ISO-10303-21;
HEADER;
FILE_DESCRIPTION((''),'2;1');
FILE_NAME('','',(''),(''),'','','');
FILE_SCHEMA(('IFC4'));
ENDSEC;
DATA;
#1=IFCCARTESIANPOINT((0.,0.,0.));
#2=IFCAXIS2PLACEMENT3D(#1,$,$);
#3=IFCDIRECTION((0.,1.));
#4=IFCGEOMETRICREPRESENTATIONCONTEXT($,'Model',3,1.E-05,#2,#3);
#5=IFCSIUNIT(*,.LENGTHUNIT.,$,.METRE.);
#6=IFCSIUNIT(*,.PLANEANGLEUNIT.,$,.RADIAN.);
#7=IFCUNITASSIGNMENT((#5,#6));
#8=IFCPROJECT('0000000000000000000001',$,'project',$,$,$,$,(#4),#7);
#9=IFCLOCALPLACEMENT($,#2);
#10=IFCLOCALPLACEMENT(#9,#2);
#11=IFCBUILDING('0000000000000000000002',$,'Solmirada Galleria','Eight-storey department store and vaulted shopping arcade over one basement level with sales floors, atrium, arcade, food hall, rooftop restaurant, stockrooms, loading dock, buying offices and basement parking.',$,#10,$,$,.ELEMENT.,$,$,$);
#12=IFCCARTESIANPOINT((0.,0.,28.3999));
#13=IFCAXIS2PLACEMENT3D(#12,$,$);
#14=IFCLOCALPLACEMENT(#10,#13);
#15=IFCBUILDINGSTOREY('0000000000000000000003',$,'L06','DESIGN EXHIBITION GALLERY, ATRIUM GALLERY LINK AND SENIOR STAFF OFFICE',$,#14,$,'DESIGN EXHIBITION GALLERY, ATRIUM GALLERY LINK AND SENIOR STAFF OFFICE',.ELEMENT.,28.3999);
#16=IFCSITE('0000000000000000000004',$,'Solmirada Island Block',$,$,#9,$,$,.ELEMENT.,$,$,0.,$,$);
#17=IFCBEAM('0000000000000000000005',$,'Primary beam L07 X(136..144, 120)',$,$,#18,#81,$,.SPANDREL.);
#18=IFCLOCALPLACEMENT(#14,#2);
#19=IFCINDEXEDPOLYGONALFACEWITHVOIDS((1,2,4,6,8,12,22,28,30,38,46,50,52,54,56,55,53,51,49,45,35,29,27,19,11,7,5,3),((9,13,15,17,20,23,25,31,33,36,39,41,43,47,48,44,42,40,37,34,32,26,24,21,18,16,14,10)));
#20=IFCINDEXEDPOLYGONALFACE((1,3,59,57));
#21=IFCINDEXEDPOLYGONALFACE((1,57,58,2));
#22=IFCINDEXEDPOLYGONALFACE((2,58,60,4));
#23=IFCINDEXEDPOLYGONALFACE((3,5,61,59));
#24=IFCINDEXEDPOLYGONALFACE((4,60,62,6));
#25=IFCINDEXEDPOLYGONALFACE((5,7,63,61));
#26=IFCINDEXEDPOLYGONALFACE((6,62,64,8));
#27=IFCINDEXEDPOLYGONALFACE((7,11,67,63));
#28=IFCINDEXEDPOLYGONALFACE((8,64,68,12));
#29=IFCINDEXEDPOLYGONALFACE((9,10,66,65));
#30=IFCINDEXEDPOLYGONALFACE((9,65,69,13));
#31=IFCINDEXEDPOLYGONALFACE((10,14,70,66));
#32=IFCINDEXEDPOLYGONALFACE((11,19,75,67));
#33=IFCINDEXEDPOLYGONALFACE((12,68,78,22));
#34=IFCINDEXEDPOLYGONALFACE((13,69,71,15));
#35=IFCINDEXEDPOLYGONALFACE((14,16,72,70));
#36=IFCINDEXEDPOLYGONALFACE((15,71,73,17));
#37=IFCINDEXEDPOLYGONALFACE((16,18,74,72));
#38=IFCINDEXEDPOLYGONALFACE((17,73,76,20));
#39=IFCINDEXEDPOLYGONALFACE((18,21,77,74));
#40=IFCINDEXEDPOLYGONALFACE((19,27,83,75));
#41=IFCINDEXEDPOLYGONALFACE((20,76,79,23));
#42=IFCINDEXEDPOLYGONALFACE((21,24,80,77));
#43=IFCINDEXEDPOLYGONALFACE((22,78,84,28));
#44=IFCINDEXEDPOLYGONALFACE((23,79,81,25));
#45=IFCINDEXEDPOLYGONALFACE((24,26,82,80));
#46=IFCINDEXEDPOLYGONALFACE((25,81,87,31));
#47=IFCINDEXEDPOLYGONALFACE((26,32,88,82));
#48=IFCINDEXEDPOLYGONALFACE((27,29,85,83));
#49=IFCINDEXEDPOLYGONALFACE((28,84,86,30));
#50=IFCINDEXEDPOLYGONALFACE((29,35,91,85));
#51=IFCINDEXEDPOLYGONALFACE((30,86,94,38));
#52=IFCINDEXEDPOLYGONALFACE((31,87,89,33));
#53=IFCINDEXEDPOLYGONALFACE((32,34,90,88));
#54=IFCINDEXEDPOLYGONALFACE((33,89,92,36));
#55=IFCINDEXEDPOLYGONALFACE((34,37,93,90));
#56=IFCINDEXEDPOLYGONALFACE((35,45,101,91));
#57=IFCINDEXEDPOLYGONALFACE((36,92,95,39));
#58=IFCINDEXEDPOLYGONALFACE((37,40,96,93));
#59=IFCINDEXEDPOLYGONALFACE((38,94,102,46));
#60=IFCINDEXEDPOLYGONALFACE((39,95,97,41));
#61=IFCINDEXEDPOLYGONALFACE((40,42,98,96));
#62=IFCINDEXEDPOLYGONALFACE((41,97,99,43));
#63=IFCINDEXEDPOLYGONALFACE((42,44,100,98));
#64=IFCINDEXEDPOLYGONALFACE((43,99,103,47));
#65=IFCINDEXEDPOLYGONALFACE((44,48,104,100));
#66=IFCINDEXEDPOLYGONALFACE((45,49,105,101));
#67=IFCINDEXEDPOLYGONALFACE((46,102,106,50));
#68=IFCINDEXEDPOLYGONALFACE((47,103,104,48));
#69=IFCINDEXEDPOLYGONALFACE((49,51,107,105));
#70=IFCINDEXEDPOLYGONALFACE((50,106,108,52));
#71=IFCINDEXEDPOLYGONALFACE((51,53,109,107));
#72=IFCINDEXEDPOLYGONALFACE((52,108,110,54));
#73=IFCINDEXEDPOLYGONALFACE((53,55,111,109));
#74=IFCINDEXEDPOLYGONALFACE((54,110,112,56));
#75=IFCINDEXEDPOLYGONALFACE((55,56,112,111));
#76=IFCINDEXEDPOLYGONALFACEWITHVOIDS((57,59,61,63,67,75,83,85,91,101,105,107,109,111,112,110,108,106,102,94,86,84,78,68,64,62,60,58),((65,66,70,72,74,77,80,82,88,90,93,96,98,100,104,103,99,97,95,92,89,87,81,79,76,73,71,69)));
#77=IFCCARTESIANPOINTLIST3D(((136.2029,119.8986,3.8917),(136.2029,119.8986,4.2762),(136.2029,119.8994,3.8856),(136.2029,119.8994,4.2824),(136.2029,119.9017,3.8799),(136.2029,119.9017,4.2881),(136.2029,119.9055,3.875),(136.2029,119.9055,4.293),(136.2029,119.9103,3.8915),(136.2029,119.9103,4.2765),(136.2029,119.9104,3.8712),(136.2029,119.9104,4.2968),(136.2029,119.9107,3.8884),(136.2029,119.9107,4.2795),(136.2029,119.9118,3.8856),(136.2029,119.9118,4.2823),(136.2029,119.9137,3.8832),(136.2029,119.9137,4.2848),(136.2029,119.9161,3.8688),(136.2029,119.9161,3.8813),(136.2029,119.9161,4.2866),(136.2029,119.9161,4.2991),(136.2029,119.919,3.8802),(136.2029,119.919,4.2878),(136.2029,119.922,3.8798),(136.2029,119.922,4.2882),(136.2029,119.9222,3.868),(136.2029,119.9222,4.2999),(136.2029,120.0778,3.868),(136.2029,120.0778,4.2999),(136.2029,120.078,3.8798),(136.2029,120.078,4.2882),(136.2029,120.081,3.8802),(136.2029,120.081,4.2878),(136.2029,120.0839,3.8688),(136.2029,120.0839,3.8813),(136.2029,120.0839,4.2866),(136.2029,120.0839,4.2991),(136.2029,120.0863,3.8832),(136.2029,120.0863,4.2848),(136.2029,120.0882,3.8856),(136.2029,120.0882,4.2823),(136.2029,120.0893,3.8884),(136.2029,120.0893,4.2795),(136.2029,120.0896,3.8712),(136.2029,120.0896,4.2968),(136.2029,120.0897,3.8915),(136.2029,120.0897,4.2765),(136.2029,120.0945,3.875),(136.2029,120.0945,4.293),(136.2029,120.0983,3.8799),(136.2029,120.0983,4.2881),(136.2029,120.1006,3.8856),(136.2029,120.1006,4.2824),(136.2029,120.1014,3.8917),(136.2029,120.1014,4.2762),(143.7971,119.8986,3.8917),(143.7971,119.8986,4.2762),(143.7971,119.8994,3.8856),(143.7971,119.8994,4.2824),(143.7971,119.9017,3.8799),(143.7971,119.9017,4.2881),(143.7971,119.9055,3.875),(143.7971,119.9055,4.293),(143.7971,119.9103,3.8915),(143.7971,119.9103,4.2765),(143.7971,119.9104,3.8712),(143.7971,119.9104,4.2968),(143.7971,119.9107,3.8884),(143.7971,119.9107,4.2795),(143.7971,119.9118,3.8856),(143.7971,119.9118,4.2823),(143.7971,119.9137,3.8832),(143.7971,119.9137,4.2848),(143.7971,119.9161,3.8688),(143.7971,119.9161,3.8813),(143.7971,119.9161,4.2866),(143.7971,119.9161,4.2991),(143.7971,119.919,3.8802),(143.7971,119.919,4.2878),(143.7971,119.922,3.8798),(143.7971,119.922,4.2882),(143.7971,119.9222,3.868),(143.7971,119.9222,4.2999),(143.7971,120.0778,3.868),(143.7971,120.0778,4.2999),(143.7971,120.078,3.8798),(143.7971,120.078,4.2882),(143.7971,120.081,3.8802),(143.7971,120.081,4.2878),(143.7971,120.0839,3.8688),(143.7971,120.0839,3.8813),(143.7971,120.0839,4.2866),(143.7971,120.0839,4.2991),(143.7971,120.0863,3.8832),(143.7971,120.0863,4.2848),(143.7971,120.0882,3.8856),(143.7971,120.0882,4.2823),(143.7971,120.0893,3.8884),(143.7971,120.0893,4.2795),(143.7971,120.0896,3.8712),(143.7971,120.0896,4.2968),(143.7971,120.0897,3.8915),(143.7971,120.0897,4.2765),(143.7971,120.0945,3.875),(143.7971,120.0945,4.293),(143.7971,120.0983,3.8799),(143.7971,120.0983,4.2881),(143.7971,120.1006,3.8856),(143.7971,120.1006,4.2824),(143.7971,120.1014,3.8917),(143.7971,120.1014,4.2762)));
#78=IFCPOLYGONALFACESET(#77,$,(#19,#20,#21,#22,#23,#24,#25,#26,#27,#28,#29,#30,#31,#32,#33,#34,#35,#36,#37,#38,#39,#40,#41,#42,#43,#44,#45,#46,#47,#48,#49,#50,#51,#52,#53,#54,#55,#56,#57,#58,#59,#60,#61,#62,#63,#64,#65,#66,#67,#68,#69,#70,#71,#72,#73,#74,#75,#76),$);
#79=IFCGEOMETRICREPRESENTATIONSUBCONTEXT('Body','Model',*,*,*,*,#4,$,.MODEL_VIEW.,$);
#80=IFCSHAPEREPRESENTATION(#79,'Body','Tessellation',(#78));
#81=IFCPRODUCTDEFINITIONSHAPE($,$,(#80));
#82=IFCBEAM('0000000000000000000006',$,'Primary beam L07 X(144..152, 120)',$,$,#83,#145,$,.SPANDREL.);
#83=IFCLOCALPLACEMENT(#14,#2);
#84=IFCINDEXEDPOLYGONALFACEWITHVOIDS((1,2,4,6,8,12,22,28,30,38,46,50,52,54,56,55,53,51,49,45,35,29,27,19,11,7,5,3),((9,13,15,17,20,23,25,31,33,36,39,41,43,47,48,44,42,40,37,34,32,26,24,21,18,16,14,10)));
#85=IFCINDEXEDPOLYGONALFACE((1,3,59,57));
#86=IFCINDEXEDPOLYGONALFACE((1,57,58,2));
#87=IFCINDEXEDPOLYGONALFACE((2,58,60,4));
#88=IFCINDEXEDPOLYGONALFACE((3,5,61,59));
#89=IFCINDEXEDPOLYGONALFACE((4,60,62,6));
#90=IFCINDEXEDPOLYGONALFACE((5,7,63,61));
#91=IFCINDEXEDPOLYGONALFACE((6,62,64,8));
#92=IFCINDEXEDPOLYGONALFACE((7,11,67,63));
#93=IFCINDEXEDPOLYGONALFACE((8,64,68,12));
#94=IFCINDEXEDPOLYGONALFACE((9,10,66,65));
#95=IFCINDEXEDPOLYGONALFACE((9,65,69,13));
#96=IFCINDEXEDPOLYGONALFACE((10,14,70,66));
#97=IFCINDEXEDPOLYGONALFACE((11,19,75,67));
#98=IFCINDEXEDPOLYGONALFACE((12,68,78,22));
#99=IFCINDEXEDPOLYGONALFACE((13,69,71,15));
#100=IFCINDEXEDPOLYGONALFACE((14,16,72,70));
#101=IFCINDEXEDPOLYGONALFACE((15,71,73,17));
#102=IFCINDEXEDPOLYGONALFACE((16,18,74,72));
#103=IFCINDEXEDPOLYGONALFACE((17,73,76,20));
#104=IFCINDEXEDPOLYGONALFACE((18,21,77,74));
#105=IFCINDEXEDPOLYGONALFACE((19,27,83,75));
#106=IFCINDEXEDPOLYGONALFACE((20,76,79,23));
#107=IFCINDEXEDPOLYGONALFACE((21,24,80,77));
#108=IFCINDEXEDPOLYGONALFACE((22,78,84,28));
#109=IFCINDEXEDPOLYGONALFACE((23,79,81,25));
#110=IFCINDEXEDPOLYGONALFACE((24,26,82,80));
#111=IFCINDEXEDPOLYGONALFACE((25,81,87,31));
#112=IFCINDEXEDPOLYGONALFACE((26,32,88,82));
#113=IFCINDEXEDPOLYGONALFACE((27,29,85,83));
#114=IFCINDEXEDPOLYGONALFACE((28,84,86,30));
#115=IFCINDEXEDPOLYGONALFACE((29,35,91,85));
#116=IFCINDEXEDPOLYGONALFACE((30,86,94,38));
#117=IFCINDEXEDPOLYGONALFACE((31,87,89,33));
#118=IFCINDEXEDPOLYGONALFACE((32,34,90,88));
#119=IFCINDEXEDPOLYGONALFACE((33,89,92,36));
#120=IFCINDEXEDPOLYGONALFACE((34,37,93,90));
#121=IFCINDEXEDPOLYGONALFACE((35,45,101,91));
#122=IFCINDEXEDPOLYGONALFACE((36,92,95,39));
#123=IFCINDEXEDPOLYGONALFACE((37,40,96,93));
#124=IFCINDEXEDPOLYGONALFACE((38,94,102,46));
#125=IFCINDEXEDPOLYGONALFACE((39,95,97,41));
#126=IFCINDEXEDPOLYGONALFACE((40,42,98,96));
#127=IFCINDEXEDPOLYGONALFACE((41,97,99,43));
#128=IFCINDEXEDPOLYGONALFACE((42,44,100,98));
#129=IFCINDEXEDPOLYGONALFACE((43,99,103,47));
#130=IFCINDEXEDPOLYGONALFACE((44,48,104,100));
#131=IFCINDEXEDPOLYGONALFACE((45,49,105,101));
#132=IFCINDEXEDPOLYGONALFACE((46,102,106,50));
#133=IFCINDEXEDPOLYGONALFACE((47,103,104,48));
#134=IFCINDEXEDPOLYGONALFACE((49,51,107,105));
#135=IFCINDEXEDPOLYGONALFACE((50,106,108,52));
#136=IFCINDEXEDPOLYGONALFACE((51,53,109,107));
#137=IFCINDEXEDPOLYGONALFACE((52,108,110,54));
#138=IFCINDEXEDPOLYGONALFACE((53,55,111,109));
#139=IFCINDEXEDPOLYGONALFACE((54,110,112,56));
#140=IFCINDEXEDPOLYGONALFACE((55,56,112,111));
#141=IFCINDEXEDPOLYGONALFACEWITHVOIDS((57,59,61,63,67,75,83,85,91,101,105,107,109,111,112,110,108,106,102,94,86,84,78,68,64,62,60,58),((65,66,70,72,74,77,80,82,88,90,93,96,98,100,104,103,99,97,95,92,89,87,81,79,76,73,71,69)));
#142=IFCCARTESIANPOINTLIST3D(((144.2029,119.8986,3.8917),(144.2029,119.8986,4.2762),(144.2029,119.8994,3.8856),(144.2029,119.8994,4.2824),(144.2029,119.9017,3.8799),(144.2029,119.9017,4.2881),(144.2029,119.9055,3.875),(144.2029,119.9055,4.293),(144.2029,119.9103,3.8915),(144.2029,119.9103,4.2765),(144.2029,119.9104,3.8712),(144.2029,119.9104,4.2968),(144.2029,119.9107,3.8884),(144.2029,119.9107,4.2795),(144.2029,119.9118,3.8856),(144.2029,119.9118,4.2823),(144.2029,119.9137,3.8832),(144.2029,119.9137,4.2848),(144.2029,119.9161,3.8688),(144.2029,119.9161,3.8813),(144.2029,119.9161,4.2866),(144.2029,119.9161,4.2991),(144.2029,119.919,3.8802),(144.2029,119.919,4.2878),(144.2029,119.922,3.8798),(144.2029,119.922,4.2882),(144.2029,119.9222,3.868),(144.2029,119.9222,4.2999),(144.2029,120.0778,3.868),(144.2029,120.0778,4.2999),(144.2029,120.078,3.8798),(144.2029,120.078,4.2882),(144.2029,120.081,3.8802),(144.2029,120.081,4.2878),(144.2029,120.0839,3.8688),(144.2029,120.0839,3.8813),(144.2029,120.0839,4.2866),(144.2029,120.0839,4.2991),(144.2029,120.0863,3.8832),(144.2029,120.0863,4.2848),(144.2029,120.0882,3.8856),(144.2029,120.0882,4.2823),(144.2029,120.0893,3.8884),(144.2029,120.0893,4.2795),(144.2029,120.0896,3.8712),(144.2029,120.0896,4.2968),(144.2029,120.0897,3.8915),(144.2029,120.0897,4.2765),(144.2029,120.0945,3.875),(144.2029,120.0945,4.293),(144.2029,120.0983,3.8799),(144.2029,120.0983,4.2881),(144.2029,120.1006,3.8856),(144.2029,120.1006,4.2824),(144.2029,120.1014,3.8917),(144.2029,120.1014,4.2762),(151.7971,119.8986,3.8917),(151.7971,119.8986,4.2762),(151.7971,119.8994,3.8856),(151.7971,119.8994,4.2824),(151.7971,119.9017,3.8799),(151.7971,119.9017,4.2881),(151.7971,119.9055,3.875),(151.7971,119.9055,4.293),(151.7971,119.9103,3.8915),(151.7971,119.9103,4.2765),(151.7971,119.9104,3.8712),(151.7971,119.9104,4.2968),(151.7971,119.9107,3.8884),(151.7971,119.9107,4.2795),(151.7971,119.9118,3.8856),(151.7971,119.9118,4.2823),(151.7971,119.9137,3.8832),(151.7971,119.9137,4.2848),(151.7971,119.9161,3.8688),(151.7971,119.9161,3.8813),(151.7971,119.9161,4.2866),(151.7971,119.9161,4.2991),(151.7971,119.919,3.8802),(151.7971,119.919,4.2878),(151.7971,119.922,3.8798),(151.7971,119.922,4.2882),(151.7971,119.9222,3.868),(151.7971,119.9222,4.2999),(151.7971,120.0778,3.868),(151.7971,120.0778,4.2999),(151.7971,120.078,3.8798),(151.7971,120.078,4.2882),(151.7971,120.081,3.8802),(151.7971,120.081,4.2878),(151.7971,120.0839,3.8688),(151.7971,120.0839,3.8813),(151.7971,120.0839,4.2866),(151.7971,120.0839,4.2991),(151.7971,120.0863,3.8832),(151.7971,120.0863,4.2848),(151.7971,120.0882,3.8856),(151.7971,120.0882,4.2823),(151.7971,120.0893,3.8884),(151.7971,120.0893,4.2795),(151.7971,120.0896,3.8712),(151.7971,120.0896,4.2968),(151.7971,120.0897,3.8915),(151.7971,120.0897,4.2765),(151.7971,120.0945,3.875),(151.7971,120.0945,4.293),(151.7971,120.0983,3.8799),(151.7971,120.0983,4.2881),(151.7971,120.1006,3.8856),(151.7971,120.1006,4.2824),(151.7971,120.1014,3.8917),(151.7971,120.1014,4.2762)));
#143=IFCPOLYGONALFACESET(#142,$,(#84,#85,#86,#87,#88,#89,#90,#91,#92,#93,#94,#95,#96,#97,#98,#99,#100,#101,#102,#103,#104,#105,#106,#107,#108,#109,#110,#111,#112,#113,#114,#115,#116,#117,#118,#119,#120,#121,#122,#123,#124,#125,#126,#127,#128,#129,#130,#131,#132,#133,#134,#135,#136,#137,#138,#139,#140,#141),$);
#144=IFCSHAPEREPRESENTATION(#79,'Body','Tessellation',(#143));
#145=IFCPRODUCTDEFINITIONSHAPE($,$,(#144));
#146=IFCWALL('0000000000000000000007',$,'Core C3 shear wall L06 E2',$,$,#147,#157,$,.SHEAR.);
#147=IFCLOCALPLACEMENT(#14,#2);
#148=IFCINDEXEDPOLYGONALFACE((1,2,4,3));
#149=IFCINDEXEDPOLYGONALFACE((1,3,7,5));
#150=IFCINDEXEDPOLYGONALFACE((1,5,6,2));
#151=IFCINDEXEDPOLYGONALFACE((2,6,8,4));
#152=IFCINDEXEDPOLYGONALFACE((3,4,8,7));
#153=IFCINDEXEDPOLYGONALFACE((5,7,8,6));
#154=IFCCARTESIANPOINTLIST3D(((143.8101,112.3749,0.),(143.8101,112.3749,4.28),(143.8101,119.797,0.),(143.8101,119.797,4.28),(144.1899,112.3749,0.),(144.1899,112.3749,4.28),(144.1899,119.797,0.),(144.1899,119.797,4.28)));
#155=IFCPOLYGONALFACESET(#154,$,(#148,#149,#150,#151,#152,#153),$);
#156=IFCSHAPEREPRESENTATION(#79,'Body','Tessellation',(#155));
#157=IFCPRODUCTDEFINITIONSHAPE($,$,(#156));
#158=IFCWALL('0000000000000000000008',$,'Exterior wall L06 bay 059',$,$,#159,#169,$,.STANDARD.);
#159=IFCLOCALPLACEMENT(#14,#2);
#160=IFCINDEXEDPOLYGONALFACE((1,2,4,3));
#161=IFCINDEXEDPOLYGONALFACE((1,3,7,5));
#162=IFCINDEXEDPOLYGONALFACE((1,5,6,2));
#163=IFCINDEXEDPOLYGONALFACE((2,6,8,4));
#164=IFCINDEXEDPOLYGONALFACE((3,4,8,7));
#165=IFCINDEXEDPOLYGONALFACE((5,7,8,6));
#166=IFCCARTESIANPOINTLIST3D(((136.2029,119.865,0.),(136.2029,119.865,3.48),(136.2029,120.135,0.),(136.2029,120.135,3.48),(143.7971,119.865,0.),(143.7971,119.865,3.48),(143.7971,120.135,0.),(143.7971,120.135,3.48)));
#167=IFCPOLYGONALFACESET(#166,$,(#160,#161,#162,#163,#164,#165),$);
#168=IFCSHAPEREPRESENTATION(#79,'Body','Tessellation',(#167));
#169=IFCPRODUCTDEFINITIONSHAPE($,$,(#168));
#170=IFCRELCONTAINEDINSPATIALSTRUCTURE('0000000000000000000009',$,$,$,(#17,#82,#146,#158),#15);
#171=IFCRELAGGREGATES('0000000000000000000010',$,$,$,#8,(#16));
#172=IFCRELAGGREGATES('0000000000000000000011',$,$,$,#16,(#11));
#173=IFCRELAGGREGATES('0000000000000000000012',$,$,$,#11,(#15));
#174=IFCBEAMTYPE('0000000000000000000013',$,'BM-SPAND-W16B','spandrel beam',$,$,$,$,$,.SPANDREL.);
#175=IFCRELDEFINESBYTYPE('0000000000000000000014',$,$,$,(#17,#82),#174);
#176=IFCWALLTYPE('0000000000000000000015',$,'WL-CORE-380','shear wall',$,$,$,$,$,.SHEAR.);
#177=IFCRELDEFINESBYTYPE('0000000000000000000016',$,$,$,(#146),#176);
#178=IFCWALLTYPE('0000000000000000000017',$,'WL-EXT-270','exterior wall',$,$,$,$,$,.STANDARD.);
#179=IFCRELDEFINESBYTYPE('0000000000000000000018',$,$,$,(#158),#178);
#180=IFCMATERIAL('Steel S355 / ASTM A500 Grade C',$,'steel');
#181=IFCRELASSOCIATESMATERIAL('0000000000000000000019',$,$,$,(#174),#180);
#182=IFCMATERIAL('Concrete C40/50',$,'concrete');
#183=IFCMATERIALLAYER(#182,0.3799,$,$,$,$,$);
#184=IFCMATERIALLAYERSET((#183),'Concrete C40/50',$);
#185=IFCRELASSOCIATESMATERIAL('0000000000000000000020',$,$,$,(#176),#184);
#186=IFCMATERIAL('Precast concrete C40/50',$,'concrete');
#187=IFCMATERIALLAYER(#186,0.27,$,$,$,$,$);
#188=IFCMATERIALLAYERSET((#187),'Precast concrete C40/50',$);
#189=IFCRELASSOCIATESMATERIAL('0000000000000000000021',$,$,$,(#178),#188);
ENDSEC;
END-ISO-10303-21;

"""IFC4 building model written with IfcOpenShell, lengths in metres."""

from ifc_helpers import new_model, si_unit, direction, frame, frame_2d, origin, origin_2d, place, context, subcontext, project, spatial, rectangle, hollow_rectangle, extrude, material, layer, layer_set, material_profile, profile_set, type_object, element, save


model = new_model("IFC4")

# Units and contexts
model_context = context("Model", 3, precision=1e-05, world=origin(), true_north=direction((0.0, 1.0)))
body_context = subcontext(model_context, "Body", "Model", "MODEL_VIEW")
ifc_project = project(units=[si_unit("LENGTHUNIT", "METRE"), si_unit("PLANEANGLEUNIT", "RADIAN")], contexts=[model_context])

# Site, building, storey
site_placement = place(None, origin())
site = spatial("IfcSite", under=ifc_project, at=site_placement, Name="Solmirada Island Block", CompositionType="ELEMENT", RefElevation=0.0)
building_placement = place(site_placement, origin())
building = spatial("IfcBuilding", under=site, at=building_placement, Name="Solmirada Galleria", Description="Eight-storey department store and vaulted shopping arcade over one basement level with sales floors, atrium, arcade, food hall, rooftop restaurant, stockrooms, loading dock, buying offices and basement parking.", CompositionType="ELEMENT")
storey_placement = place(building_placement, frame((0.0, 0.0, 28.3999)))
storey = spatial("IfcBuildingStorey", under=building, at=storey_placement, Name="L06", Description="DESIGN EXHIBITION GALLERY, ATRIUM GALLERY LINK AND SENIOR STAFF OFFICE", LongName="DESIGN EXHIBITION GALLERY, ATRIUM GALLERY LINK AND SENIOR STAFF OFFICE", CompositionType="ELEMENT", Elevation=28.3999)

# Shared definitions
ifc_material_1 = material(Name="Steel S355 / ASTM A500 Grade C", Category="steel")

# Beams
ifc_material_profile_1 = material_profile(ifc_material_1, hollow_rectangle(XDim=0.2029, YDim=0.4319, WallThickness=0.0117, InnerFilletRadius=0.0117, OuterFilletRadius=0.0237, at=origin_2d()), Name="HSS17X8X1/2")
ifc_profile_set_1 = profile_set([ifc_material_profile_1], Name="Steel S355 / ASTM A500 Grade C")
beam_type_1 = type_object("IfcBeamType", Name="BM-SPAND-W16B", Description="spandrel beam", PredefinedType="SPANDREL", material=ifc_profile_set_1)
for number, where, z_axis, x_axis, name in (
    (1, (136.2029, 120.0, 4.084), (1.0, 0.0, 0.0), (0.0, 1.0, 0.0), "Primary beam L07 X(136..144, 120)"),
    (2, (144.2029, 120.0, 4.084), (1.0, 0.0, 0.0), (0.0, 1.0, 0.0), "Primary beam L07 X(144..152, 120)"),
):
    element("IfcBeam", number, at=place(storey_placement, frame(where, z_axis=z_axis, x_axis=x_axis)), inside=storey, type_object=beam_type_1, Name=name, PredefinedType="SPANDREL", context=body_context, shape_type="SweptSolid", body=[
        extrude(hollow_rectangle(XDim=0.2029, YDim=0.4319, WallThickness=0.0117, InnerFilletRadius=0.0117, OuterFilletRadius=0.0237, at=origin_2d()), origin(), (0.0, 0.0, 1.0), 7.5942),
    ])

# Walls
ifc_material_2 = material(Name="Concrete C40/50", Category="concrete")
ifc_layer_1 = layer(ifc_material_2, 0.3799)
ifc_layer_set_1 = layer_set([ifc_layer_1], Name="Concrete C40/50")
wall_type_1 = type_object("IfcWallType", Name="WL-CORE-380", Description="shear wall", PredefinedType="SHEAR", material=ifc_layer_set_1)
wall_1_placement = place(storey_placement, frame((144.0, 112.375, 0.0), z_axis=(0.0, 0.0, 1.0), x_axis=(0.0, 1.0, 0.0)))
element("IfcWall", 3, at=wall_1_placement, inside=storey, type_object=wall_type_1, Name="Core C3 shear wall L06 E2", PredefinedType="SHEAR", context=body_context, shape_type="SweptSolid", body=[
    extrude(rectangle(XDim=7.4221, YDim=0.3799, at=frame_2d((3.7109, 0.0))), origin(), (0.0, 0.0, 1.0), 4.28),
])
ifc_material_3 = material(Name="Precast concrete C40/50", Category="concrete")
ifc_layer_2 = layer(ifc_material_3, 0.27)
ifc_layer_set_2 = layer_set([ifc_layer_2], Name="Precast concrete C40/50")
wall_type_2 = type_object("IfcWallType", Name="WL-EXT-270", Description="exterior wall", PredefinedType="STANDARD", material=ifc_layer_set_2)
wall_2_placement = place(storey_placement, frame((136.2029, 120.0, 0.0), z_axis=(0.0, 0.0, 1.0), x_axis=(1.0, 0.0, 0.0)))
element("IfcWall", 4, at=wall_2_placement, inside=storey, type_object=wall_type_2, Name="Exterior wall L06 bay 059", PredefinedType="STANDARD", context=body_context, shape_type="SweptSolid", body=[
    extrude(rectangle(XDim=7.5942, YDim=0.27, at=frame_2d((3.7971, 0.0))), origin(), (0.0, 0.0, 1.0), 3.48),
])

save(model, "model.ifc")
